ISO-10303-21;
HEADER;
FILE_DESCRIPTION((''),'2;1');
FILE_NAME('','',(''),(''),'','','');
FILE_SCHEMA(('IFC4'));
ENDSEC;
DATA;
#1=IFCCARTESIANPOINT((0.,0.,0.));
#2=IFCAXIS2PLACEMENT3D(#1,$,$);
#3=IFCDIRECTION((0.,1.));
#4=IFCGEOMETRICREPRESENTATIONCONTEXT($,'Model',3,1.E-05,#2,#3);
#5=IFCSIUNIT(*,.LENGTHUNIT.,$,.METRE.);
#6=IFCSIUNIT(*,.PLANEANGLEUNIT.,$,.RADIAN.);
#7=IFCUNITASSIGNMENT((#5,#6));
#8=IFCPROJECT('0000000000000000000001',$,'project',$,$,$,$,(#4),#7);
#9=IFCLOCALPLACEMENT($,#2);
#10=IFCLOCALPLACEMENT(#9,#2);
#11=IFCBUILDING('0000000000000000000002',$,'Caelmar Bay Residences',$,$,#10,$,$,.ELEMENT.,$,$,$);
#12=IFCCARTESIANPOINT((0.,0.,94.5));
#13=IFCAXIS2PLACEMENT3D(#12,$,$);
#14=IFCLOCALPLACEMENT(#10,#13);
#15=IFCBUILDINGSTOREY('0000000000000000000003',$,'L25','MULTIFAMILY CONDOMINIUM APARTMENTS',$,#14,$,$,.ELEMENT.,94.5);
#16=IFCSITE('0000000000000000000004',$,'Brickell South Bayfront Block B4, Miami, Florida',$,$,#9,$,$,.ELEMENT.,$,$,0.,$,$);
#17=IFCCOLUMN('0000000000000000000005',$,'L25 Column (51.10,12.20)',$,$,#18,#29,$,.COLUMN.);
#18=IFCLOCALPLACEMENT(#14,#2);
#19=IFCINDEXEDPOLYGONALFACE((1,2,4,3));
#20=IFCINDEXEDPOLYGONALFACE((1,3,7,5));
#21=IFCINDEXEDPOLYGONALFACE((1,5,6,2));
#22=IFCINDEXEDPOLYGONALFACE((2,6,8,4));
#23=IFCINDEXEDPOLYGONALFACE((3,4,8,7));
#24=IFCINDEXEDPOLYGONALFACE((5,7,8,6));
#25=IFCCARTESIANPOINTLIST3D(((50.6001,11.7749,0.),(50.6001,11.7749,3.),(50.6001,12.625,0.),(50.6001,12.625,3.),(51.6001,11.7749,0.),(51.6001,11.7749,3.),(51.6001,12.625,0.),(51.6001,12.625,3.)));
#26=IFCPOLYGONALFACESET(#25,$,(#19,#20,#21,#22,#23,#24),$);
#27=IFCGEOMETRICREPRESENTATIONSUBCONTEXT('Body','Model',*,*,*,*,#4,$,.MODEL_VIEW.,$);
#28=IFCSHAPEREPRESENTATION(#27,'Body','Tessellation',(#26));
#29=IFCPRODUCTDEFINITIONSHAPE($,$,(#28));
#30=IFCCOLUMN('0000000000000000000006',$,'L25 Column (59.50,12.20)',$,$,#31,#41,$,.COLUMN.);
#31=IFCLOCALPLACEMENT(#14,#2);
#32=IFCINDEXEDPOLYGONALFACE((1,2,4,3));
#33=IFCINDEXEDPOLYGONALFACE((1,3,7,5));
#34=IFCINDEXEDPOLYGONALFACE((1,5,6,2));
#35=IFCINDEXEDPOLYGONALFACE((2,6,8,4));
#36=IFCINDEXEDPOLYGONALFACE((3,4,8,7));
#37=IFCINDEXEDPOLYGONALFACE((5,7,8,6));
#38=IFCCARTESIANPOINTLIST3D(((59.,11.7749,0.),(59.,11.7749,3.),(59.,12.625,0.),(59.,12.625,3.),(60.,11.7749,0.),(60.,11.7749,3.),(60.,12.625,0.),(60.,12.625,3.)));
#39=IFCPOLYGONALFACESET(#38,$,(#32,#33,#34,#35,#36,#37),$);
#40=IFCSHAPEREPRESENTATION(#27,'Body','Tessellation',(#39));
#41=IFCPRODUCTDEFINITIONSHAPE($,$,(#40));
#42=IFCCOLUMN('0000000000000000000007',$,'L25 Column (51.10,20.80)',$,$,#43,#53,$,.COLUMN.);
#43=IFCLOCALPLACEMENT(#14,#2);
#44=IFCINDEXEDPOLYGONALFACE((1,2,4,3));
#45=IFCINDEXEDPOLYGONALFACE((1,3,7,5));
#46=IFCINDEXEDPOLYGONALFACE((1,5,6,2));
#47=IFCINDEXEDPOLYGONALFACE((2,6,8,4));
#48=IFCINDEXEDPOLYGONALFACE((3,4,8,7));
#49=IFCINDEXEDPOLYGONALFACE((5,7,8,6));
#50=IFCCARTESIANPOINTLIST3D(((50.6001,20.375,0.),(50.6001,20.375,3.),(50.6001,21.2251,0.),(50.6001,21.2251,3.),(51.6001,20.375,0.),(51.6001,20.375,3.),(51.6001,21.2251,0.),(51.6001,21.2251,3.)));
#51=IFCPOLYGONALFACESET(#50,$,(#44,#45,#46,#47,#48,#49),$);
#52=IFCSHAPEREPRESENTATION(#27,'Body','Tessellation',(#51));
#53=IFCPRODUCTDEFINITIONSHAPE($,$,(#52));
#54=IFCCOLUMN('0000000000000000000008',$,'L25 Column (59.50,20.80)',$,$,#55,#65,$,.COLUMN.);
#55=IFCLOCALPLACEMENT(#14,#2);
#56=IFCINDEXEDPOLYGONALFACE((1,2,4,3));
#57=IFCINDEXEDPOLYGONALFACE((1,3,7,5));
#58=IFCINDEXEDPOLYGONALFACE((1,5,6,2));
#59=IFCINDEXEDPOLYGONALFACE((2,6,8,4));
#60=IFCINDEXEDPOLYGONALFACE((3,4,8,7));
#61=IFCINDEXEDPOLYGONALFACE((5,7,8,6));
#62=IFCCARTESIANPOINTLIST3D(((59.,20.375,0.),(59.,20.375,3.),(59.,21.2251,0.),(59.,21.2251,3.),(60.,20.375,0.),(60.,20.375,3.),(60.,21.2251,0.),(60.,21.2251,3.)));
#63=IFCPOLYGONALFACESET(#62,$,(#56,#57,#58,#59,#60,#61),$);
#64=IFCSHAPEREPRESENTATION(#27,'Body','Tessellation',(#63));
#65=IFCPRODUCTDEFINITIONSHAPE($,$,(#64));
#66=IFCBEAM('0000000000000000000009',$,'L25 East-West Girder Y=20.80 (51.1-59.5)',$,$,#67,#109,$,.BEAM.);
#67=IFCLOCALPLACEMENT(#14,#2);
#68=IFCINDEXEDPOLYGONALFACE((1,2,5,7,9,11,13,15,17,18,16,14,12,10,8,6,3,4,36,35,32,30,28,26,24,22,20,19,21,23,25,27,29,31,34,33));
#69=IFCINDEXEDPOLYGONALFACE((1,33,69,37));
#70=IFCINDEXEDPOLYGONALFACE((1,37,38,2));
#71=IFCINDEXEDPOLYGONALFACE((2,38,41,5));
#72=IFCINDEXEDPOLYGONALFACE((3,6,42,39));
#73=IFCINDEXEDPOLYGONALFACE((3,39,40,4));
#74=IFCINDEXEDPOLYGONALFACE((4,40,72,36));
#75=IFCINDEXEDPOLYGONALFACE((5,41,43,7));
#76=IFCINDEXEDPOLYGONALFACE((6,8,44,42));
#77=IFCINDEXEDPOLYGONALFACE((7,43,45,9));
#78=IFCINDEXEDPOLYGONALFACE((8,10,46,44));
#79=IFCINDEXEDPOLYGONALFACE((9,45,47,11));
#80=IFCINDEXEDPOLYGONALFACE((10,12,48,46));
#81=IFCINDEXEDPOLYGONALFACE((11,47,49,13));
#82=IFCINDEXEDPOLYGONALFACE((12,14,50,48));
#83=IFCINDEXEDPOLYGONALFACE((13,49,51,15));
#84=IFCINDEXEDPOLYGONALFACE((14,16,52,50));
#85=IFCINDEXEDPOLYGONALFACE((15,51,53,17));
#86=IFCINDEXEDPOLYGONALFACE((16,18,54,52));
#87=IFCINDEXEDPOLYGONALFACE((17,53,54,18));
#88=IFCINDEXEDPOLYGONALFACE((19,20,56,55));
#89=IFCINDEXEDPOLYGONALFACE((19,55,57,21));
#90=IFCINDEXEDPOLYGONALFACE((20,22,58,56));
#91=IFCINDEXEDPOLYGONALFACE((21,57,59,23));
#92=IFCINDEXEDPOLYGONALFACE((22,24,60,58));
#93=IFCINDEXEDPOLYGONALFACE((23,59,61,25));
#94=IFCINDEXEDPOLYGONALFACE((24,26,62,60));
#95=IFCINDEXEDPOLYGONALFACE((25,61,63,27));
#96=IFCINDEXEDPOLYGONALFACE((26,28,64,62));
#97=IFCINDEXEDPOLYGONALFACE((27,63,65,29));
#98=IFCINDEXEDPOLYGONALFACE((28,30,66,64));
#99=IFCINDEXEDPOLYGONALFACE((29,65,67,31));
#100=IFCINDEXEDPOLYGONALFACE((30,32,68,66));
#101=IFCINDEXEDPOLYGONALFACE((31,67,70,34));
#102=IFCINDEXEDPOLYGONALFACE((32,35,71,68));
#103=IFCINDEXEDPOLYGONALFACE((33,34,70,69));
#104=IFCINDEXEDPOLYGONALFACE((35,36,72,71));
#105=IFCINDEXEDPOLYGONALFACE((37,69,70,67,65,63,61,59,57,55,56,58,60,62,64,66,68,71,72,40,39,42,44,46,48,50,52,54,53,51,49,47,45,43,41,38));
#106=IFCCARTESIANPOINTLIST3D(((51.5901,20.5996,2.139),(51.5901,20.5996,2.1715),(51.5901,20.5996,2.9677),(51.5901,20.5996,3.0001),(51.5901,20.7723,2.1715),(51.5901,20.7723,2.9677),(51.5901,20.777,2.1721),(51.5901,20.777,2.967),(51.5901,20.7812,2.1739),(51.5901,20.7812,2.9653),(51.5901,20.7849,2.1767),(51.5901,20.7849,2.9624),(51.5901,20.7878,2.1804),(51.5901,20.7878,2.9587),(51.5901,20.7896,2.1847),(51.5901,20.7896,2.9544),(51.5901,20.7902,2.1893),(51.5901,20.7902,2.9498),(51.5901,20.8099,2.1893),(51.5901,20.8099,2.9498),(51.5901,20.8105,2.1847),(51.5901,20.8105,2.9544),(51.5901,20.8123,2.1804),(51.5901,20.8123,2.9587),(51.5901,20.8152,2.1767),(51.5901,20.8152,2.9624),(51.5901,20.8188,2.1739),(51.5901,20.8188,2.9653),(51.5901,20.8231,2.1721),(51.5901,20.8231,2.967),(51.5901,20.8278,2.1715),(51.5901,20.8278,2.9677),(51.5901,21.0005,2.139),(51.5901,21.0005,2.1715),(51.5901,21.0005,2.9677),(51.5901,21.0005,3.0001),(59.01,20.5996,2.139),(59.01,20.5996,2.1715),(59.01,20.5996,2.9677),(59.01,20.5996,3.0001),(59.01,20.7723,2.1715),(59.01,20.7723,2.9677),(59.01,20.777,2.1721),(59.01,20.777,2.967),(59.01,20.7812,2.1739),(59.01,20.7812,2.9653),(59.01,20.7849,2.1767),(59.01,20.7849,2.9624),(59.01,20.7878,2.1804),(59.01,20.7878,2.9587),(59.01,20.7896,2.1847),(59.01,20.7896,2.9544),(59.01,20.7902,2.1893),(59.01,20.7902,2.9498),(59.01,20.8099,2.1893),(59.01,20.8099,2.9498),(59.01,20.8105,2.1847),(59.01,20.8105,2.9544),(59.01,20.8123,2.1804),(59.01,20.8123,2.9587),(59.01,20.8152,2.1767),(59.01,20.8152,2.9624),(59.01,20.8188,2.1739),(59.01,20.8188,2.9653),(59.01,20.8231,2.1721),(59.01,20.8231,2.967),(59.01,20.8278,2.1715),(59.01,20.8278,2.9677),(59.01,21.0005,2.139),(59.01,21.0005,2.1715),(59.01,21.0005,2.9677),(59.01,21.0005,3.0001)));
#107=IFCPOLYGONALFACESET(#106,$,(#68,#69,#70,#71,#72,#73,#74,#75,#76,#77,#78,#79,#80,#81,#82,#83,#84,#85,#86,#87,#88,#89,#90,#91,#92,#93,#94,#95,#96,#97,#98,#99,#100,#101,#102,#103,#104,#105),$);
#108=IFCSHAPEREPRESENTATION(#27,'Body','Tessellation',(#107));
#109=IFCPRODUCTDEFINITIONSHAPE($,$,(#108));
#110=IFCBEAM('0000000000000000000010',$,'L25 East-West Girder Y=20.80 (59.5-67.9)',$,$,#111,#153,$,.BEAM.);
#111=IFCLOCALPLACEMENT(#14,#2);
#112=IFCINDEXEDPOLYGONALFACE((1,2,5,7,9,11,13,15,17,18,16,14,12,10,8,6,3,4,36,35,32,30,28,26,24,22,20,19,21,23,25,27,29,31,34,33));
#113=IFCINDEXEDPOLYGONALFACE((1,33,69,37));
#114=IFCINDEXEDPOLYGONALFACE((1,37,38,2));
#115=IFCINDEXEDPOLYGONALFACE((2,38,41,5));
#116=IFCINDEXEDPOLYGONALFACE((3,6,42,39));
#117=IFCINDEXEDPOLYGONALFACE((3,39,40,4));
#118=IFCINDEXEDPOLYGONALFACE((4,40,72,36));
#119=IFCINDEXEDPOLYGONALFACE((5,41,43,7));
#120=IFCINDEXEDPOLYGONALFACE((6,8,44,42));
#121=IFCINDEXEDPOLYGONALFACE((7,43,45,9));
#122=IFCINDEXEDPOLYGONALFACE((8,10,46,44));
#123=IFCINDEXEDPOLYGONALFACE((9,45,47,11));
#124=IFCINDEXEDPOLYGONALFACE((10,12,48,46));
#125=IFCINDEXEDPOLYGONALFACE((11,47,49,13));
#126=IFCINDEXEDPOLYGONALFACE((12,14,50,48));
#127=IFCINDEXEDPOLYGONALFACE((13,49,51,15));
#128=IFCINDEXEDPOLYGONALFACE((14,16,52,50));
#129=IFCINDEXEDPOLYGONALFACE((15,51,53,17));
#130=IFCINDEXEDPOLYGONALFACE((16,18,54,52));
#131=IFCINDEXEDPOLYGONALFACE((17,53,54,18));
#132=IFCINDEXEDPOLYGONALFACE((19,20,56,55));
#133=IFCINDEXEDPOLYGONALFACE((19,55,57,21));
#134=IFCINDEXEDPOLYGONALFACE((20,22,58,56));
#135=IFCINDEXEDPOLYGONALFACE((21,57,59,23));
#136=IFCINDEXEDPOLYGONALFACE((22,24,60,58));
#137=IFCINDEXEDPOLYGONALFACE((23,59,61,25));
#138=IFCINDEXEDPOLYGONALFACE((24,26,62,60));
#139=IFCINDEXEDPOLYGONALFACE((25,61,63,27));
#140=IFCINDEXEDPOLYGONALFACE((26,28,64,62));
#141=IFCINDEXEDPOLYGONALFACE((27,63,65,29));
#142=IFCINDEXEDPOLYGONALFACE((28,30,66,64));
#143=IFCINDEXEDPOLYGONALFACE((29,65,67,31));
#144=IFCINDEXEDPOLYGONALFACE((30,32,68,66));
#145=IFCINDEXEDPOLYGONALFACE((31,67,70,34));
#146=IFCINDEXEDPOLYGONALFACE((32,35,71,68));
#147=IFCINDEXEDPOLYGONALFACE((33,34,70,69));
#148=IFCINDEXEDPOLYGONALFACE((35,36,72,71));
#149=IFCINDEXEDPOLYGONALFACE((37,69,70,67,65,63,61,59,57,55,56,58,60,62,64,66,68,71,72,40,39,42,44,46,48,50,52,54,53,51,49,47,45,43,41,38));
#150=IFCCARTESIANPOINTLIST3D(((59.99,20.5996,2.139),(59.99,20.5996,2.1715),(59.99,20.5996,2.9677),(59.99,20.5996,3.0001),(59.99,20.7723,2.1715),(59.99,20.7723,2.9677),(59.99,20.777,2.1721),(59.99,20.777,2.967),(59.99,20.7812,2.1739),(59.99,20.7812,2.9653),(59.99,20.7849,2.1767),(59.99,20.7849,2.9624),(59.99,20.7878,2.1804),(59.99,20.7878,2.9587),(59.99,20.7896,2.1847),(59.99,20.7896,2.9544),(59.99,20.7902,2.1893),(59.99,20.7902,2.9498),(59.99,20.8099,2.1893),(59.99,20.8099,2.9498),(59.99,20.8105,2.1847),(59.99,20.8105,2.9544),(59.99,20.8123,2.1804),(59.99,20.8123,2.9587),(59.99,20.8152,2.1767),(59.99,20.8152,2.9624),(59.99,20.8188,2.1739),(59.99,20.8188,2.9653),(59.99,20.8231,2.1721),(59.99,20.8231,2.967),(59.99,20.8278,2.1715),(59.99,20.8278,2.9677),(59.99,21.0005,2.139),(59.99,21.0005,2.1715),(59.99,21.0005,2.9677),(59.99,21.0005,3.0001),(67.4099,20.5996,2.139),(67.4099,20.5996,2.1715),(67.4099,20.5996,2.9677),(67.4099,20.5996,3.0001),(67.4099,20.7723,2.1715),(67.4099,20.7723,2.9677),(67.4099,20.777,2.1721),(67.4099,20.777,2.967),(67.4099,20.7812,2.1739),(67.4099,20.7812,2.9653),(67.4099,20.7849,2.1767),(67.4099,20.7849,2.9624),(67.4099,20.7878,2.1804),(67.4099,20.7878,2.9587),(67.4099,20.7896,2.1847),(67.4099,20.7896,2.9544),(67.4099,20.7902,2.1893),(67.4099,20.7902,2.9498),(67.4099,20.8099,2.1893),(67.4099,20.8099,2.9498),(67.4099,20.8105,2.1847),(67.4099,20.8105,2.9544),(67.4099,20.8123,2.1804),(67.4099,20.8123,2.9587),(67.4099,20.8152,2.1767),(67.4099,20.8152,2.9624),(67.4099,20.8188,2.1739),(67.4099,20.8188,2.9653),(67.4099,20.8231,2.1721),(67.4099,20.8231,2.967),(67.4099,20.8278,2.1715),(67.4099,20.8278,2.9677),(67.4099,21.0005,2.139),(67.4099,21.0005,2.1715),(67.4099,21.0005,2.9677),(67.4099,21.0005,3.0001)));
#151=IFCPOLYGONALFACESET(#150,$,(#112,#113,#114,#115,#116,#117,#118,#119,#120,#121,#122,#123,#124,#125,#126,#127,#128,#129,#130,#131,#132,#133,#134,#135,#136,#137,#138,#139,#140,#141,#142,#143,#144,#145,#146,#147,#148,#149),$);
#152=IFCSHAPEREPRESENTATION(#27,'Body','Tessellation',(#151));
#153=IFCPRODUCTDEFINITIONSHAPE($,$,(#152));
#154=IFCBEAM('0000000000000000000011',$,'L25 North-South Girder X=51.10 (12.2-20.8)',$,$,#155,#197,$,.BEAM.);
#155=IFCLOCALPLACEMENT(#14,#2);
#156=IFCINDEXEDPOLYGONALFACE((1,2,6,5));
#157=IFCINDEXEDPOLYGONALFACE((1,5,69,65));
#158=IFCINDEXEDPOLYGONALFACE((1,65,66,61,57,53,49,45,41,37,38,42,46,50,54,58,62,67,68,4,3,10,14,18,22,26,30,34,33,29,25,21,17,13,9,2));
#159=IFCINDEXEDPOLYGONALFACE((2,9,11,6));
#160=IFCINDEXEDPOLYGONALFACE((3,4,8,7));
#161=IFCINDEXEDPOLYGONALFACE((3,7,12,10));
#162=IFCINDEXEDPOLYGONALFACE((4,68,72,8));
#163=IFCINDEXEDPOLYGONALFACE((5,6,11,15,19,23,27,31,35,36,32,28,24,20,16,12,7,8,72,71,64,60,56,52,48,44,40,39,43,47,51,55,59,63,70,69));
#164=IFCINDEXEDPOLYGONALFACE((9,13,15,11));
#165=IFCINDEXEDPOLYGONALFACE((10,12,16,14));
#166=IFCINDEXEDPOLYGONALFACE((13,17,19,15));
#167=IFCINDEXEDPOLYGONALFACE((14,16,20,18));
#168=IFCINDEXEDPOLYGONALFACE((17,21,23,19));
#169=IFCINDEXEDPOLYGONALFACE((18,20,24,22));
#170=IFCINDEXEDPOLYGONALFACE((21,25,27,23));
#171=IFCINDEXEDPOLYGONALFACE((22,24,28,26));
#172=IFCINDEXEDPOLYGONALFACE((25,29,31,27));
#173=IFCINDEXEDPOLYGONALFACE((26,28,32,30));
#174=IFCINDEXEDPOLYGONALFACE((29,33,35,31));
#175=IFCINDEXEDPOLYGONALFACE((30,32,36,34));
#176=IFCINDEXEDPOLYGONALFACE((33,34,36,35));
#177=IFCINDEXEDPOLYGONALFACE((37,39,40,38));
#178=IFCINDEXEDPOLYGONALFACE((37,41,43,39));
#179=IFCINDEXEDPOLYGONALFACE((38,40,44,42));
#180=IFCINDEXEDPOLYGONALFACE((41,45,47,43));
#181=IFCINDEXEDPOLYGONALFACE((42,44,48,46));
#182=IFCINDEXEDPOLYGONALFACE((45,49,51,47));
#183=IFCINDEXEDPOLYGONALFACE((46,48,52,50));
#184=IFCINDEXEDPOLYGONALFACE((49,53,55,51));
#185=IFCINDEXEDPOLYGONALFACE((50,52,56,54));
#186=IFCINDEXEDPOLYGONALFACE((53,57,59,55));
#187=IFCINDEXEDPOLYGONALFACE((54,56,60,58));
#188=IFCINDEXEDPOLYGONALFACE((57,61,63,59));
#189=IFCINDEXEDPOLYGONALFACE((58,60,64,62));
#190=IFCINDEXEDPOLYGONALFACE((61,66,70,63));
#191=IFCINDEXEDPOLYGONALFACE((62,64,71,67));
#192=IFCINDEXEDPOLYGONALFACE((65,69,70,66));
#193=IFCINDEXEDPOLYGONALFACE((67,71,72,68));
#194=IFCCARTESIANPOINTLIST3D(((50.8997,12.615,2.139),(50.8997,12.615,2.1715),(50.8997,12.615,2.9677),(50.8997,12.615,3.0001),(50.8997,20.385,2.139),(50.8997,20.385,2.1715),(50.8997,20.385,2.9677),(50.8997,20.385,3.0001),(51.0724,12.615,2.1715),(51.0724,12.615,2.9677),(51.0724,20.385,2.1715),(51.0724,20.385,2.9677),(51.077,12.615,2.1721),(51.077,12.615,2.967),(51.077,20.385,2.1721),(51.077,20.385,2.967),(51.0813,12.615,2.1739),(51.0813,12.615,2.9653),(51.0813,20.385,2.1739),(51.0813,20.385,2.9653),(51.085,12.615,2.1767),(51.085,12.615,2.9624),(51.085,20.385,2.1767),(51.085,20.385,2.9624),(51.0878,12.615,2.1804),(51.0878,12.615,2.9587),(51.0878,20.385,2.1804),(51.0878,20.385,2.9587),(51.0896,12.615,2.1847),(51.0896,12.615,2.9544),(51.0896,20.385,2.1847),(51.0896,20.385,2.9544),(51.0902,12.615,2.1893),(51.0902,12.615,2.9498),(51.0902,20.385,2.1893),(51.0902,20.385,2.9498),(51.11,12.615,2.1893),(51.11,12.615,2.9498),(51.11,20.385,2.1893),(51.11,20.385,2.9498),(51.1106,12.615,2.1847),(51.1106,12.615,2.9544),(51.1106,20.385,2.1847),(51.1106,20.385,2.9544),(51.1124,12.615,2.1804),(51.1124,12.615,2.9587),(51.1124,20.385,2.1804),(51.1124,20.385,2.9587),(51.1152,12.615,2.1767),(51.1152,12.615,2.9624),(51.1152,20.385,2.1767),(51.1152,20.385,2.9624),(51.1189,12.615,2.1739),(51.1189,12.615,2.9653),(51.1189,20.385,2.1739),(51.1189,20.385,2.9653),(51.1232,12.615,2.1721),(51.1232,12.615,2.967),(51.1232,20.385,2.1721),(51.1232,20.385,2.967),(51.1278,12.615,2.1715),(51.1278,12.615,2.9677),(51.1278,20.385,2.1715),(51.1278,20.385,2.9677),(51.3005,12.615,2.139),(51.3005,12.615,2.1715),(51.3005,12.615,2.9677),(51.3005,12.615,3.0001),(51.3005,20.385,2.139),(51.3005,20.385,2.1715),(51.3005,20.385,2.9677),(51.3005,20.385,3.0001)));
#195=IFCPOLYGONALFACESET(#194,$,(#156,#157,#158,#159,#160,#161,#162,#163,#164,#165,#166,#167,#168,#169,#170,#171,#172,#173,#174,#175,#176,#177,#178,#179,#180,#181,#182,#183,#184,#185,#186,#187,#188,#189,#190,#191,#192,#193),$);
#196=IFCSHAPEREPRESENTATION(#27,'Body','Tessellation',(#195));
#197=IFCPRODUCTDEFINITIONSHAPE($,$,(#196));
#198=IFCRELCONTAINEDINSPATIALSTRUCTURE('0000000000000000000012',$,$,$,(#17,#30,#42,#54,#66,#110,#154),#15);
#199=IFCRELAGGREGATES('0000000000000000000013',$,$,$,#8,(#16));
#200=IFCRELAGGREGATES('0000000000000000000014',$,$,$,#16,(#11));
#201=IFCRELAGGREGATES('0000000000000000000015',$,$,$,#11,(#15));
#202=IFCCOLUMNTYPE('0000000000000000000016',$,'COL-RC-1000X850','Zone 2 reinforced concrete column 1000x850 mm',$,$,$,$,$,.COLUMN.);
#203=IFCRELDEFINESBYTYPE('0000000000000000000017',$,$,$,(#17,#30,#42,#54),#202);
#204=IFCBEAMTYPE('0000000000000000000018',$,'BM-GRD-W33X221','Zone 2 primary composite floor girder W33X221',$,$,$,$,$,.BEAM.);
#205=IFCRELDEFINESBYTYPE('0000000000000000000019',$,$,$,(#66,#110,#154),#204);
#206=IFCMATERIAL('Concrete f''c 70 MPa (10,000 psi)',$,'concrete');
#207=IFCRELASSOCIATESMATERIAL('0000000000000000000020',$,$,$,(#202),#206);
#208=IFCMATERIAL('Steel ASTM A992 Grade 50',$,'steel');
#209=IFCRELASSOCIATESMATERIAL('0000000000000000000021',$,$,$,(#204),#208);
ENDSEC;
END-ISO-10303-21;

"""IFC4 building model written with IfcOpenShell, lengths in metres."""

from ifc_helpers import new_model, si_unit, direction, frame, origin, origin_2d, place, context, subcontext, project, spatial, rectangle, i_section, extrude, material, material_profile, profile_set, type_object, element, save


model = new_model("IFC4")

# Units and contexts
model_context = context("Model", 3, precision=1e-05, world=origin(), true_north=direction((0.0, 1.0)))
body_context = subcontext(model_context, "Body", "Model", "MODEL_VIEW")
ifc_project = project(units=[si_unit("LENGTHUNIT", "METRE"), si_unit("PLANEANGLEUNIT", "RADIAN")], contexts=[model_context])

# Site, building, storey
site_placement = place(None, origin())
site = spatial("IfcSite", under=ifc_project, at=site_placement, Name="Brickell South Bayfront Block B4, Miami, Florida", CompositionType="ELEMENT", RefElevation=0.0)
building_placement = place(site_placement, origin())
building = spatial("IfcBuilding", under=site, at=building_placement, Name="Caelmar Bay Residences", CompositionType="ELEMENT")
storey_placement = place(building_placement, frame((0.0, 0.0, 94.5)))
storey = spatial("IfcBuildingStorey", under=building, at=storey_placement, Name="L25", Description="MULTIFAMILY CONDOMINIUM APARTMENTS", CompositionType="ELEMENT", Elevation=94.5)

# Columns
ifc_material_1 = material(Name="Concrete f'c 70 MPa (10,000 psi)", Category="concrete")
ifc_material_profile_1 = material_profile(ifc_material_1, rectangle(XDim=1.0, YDim=0.8501, at=origin_2d()), Name="RC-COL-1000X850")
ifc_profile_set_1 = profile_set([ifc_material_profile_1], Name="Concrete f'c 70 MPa (10,000 psi)")
column_type = type_object("IfcColumnType", Name="COL-RC-1000X850", Description="Zone 2 reinforced concrete column 1000x850 mm", PredefinedType="COLUMN", material=ifc_profile_set_1)
for number, where, z_axis, x_axis, name in (
    (1, (51.1001, 12.2, 0.0), (0.0, 0.0, 1.0), (1.0, 0.0, 0.0), "L25 Column (51.10,12.20)"),
    (2, (59.5, 12.2, 0.0), (0.0, 0.0, 1.0), (1.0, 0.0, 0.0), "L25 Column (59.50,12.20)"),
    (3, (51.1001, 20.8, 0.0), (0.0, 0.0, 1.0), (1.0, 0.0, 0.0), "L25 Column (51.10,20.80)"),
    (4, (59.5, 20.8, 0.0), (0.0, 0.0, 1.0), (1.0, 0.0, 0.0), "L25 Column (59.50,20.80)"),
):
    element("IfcColumn", number, at=place(storey_placement, frame(where, z_axis=z_axis, x_axis=x_axis)), inside=storey, type_object=column_type, Name=name, PredefinedType="COLUMN", context=body_context, shape_type="SweptSolid", body=[
        extrude(rectangle(XDim=1.0, YDim=0.8501, at=origin_2d()), origin(), (0.0, 0.0, 1.0), 3.0),
    ])

# Beams
ifc_material_2 = material(Name="Steel ASTM A992 Grade 50", Category="steel")
ifc_material_profile_2 = material_profile(ifc_material_2, i_section(OverallWidth=0.4009, OverallDepth=0.8611, WebThickness=0.0198, FlangeThickness=0.0325, FilletRadius=0.0178, at=origin_2d()), Name="W33X221")
ifc_profile_set_2 = profile_set([ifc_material_profile_2], Name="Steel ASTM A992 Grade 50")
beam_type_1 = type_object("IfcBeamType", Name="BM-GRD-W33X221", Description="Zone 2 primary composite floor girder W33X221", PredefinedType="BEAM", material=ifc_profile_set_2)
for number, where, z_axis, x_axis, name in (
    (5, (51.5901, 20.8, 2.5696), (1.0, 0.0, 0.0), (0.0, 1.0, 0.0), "L25 East-West Girder Y=20.80 (51.1-59.5)"),
    (6, (59.99, 20.8, 2.5696), (1.0, 0.0, 0.0), (0.0, 1.0, 0.0), "L25 East-West Girder Y=20.80 (59.5-67.9)"),
):
    element("IfcBeam", number, at=place(storey_placement, frame(where, z_axis=z_axis, x_axis=x_axis)), inside=storey, type_object=beam_type_1, Name=name, PredefinedType="BEAM", context=body_context, shape_type="SweptSolid", body=[
        extrude(i_section(OverallWidth=0.4009, OverallDepth=0.8611, WebThickness=0.0198, FlangeThickness=0.0325, FilletRadius=0.0178, at=origin_2d()), origin(), (0.0, 0.0, 1.0), 7.4199),
    ])
for number, where, z_axis, x_axis, name in (
    (7, (51.1001, 12.615, 2.5696), (0.0, 1.0, 0.0), (-1.0, 0.0, 0.0), "L25 North-South Girder X=51.10 (12.2-20.8)"),
):
    element("IfcBeam", number, at=place(storey_placement, frame(where, z_axis=z_axis, x_axis=x_axis)), inside=storey, type_object=beam_type_1, Name=name, PredefinedType="BEAM", context=body_context, shape_type="SweptSolid", body=[
        extrude(i_section(OverallWidth=0.4009, OverallDepth=0.8611, WebThickness=0.0198, FlangeThickness=0.0325, FilletRadius=0.0178, at=origin_2d()), origin(), (0.0, 0.0, 1.0), 7.77),
    ])

save(model, "model.ifc")
